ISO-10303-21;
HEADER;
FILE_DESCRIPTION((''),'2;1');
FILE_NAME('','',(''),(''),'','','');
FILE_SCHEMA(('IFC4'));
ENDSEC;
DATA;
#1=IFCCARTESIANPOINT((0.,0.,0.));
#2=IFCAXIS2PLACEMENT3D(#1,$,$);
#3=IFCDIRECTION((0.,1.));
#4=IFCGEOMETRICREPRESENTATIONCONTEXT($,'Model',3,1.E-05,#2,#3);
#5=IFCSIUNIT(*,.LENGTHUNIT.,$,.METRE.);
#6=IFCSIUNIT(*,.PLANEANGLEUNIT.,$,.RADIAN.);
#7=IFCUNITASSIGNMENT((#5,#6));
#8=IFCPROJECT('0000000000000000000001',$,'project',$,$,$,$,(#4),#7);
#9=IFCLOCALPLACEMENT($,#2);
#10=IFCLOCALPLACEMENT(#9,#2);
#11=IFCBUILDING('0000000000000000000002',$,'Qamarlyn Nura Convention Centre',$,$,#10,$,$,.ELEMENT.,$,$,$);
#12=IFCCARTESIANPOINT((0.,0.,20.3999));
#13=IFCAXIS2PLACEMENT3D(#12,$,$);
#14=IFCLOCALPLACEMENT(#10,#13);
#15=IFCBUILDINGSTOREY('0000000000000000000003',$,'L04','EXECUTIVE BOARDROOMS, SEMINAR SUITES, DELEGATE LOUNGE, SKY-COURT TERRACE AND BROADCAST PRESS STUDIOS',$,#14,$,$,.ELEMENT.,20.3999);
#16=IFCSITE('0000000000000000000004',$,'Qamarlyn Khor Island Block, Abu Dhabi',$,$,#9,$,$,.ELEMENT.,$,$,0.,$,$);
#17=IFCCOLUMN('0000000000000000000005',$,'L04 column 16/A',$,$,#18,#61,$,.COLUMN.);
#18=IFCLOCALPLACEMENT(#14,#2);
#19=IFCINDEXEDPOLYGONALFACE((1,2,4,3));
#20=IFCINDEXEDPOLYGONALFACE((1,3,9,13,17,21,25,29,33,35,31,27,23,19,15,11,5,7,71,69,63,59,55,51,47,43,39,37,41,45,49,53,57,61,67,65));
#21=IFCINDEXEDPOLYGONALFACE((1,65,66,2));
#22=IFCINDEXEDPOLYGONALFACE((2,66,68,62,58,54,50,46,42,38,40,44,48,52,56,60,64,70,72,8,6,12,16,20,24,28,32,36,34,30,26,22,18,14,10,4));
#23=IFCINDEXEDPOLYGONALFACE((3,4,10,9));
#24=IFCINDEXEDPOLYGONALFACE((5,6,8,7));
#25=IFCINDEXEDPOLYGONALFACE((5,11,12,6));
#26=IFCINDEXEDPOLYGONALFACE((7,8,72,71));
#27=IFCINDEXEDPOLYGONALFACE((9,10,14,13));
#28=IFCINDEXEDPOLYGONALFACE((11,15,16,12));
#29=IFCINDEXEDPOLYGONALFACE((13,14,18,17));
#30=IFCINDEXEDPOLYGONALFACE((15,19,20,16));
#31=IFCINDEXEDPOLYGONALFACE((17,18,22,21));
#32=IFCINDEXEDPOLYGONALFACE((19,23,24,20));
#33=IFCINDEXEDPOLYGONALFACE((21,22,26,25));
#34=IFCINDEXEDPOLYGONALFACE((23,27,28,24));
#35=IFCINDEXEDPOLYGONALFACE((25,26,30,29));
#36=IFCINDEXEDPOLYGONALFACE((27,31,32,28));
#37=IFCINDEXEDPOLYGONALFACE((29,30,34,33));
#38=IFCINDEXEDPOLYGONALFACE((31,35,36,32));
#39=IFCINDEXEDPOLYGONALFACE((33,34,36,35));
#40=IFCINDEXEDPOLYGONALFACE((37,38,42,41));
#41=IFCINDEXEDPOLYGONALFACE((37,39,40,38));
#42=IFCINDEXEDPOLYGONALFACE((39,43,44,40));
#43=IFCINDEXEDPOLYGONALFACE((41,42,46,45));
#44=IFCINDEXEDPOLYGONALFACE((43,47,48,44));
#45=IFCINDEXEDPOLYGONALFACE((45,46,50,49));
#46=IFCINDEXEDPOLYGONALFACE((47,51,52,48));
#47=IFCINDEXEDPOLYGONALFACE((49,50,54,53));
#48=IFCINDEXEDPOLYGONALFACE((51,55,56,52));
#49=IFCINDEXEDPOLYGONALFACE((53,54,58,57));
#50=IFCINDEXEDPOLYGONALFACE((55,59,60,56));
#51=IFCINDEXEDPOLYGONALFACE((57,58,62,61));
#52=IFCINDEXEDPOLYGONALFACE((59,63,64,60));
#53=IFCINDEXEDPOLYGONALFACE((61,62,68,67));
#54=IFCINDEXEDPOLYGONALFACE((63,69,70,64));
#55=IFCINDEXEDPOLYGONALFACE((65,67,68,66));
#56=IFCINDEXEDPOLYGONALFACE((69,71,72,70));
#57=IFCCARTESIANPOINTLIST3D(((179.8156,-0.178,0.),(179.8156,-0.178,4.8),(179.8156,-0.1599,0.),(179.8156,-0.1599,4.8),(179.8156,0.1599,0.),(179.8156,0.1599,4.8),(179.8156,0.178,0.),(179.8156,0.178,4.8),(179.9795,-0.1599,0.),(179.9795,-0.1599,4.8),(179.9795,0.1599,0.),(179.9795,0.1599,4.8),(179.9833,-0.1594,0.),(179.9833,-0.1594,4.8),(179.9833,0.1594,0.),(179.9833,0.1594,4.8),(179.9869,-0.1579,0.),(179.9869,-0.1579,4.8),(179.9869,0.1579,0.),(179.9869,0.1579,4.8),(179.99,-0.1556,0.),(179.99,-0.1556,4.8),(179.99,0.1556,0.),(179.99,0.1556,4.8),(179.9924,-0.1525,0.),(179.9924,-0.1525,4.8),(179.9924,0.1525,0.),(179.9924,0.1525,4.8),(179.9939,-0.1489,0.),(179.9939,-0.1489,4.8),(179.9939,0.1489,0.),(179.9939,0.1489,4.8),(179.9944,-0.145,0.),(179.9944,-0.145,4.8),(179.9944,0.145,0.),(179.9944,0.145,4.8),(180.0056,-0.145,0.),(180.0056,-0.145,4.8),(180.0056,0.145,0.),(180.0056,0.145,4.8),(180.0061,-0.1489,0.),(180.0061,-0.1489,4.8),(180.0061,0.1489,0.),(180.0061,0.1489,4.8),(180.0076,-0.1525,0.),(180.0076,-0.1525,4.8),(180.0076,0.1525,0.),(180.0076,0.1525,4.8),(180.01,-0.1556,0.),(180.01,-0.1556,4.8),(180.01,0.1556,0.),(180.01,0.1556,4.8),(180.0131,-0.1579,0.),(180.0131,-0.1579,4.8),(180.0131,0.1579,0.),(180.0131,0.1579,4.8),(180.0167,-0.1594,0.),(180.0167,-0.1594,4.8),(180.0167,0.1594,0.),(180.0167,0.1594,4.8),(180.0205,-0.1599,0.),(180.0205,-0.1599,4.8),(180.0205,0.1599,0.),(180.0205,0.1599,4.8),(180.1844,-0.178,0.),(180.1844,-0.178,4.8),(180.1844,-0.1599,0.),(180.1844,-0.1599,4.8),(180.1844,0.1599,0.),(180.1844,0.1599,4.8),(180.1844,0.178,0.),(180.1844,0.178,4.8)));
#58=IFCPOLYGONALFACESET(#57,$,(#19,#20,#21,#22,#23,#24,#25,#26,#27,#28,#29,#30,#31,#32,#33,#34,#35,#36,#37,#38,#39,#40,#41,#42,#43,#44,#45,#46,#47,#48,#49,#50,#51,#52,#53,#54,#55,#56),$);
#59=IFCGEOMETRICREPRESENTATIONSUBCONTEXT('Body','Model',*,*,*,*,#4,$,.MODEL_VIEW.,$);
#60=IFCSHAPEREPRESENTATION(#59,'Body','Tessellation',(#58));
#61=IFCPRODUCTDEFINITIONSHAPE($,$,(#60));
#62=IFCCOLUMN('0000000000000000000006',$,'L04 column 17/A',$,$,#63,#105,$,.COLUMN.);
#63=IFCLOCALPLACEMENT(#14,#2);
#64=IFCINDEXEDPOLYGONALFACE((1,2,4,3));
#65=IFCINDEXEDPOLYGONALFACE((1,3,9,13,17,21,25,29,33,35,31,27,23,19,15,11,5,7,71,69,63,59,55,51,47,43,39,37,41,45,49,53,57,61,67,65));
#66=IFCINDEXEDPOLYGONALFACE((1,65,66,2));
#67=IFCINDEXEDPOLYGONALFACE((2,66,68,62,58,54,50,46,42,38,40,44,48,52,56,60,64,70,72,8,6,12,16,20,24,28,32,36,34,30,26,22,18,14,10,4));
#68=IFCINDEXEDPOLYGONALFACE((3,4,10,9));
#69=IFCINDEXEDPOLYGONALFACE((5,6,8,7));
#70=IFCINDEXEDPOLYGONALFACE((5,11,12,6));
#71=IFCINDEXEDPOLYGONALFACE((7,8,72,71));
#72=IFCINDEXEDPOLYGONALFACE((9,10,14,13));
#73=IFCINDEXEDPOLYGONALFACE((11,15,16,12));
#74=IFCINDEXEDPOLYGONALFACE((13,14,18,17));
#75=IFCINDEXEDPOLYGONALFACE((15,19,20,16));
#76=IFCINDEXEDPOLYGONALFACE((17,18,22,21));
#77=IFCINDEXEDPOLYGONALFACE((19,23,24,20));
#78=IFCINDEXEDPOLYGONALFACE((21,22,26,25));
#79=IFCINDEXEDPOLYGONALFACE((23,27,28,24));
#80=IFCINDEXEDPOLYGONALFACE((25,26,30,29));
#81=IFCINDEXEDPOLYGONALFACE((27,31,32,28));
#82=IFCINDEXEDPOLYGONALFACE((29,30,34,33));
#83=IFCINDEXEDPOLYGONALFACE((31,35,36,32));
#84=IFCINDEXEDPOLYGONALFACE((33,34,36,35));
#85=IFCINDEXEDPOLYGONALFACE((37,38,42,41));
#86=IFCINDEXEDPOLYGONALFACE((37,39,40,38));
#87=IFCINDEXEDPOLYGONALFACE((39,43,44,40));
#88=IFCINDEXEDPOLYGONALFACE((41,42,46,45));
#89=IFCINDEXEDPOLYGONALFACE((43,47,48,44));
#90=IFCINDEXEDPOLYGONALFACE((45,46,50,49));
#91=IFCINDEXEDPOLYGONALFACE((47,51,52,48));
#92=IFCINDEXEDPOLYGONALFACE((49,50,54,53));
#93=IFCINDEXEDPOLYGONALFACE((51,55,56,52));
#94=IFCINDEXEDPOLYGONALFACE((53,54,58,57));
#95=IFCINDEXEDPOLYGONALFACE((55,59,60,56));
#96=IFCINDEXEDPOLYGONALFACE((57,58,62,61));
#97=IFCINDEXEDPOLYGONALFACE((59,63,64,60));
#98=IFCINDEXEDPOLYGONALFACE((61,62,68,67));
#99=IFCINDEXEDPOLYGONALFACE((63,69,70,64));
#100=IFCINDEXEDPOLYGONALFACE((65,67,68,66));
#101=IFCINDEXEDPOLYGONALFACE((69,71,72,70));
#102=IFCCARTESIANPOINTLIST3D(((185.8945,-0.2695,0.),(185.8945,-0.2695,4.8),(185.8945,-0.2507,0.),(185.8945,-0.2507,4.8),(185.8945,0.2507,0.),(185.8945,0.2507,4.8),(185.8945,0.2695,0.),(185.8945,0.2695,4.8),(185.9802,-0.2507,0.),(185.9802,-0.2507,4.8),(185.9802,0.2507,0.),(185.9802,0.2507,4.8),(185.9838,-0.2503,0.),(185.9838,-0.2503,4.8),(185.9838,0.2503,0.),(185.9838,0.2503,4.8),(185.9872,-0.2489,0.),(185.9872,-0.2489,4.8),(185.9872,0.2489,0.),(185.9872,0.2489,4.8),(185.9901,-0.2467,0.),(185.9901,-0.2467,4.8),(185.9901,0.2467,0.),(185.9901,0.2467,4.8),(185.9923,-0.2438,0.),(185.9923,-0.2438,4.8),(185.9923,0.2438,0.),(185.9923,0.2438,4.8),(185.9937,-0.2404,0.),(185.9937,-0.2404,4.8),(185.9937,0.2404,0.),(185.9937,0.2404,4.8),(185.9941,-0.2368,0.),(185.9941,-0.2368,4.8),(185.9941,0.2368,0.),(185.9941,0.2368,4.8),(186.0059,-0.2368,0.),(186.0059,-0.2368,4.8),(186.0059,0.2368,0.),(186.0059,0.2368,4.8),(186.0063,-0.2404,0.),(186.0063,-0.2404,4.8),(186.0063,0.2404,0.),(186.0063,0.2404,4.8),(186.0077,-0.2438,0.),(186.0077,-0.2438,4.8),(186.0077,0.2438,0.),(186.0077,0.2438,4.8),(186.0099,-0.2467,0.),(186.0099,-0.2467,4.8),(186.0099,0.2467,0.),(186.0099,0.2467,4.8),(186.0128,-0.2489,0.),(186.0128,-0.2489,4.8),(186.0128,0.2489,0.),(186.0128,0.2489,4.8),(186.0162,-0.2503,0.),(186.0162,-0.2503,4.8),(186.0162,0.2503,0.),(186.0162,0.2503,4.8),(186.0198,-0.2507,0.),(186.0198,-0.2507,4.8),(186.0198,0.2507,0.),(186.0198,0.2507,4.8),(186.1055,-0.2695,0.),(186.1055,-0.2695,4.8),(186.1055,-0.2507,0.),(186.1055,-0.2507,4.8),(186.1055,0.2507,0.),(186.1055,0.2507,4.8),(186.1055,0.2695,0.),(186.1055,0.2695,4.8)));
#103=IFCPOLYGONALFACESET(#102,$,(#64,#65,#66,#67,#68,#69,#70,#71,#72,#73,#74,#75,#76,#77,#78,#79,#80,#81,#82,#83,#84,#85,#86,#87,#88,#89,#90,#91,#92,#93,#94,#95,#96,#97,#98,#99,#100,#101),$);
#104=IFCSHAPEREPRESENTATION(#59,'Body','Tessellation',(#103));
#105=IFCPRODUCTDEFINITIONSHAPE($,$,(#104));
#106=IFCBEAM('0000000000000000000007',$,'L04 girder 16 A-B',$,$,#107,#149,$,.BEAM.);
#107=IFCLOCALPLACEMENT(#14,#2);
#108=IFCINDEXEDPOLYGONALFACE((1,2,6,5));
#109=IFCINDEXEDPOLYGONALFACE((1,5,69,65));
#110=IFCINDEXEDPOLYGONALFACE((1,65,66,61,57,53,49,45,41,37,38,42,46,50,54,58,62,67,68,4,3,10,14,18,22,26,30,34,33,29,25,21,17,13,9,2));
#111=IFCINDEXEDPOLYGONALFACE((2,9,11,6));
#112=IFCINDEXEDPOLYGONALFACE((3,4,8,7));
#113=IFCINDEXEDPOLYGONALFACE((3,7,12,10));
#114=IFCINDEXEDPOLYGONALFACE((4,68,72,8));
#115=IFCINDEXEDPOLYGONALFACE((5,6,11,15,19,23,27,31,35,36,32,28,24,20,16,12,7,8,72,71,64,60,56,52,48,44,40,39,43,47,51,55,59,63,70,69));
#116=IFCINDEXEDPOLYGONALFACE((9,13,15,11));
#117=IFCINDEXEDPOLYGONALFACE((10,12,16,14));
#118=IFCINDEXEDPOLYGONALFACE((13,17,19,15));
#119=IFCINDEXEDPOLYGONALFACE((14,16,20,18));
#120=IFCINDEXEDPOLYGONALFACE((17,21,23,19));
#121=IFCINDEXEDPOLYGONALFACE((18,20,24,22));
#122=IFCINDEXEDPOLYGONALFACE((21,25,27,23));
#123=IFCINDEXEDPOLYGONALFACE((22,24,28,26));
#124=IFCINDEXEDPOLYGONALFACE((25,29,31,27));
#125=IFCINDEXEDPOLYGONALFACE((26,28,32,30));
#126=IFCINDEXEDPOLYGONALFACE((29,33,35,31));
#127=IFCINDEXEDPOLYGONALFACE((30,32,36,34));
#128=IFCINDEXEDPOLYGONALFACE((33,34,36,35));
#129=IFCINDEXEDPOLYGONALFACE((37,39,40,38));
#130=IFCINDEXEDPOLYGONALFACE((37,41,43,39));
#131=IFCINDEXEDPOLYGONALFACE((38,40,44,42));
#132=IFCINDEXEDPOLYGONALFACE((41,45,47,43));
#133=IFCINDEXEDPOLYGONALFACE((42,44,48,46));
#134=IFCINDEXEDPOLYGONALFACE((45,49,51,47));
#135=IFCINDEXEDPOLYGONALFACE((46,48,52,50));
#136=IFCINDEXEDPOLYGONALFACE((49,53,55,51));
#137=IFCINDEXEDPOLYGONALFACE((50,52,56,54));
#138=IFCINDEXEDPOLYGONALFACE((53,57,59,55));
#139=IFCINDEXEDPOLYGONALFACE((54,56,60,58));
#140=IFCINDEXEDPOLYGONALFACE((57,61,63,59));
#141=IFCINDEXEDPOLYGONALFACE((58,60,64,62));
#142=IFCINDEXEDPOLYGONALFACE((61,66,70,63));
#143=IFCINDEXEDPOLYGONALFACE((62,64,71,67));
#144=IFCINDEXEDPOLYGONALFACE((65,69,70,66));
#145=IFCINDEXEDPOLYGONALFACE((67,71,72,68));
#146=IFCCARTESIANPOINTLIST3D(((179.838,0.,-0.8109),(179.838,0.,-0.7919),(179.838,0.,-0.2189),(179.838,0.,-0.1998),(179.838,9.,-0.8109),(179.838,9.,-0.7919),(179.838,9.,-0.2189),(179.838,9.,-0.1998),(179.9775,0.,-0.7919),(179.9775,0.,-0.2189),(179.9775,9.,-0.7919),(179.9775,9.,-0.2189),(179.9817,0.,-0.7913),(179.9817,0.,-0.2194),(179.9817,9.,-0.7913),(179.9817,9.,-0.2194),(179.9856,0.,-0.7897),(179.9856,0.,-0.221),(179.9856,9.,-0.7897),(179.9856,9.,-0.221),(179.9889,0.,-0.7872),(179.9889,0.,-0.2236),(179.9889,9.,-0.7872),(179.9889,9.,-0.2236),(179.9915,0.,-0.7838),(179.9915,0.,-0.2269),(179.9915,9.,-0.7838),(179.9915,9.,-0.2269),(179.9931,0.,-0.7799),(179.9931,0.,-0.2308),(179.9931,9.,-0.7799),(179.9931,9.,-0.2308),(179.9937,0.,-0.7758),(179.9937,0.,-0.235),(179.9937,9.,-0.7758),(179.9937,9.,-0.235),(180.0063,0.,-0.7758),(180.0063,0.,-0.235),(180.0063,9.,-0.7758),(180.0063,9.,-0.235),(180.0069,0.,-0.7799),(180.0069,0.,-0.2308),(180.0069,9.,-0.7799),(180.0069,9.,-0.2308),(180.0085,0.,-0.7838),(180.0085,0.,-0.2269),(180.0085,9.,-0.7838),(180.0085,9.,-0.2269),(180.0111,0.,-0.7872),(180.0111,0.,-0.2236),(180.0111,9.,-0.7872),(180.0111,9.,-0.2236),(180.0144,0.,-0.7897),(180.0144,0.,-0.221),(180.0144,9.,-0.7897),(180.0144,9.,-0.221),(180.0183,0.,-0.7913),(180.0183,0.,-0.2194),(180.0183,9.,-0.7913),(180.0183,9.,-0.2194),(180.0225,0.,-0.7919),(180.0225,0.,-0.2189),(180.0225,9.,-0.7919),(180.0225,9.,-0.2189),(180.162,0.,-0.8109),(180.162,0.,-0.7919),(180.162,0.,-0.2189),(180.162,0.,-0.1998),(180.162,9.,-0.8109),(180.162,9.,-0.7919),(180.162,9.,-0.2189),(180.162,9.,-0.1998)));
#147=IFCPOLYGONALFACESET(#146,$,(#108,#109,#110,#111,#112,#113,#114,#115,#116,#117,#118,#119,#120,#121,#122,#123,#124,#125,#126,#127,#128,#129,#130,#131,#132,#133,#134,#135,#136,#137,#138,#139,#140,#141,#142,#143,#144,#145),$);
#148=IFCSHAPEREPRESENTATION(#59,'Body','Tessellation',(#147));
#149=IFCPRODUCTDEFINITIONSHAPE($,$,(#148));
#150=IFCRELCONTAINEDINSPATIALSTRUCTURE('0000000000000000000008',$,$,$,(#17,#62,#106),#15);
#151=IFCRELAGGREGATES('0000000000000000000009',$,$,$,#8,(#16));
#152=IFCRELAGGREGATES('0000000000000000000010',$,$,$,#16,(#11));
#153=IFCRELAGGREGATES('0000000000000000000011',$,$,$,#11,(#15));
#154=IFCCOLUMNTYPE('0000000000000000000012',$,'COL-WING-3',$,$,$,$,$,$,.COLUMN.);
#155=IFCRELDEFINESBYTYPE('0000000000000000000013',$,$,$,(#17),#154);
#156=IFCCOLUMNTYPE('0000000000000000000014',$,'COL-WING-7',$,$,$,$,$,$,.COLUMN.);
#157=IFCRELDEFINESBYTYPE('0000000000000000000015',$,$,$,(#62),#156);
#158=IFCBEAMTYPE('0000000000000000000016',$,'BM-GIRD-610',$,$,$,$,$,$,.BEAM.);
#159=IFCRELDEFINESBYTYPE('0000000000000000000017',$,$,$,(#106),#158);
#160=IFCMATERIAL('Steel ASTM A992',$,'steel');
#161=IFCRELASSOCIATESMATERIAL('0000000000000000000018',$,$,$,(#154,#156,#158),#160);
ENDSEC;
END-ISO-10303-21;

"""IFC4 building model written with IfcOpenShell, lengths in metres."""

from ifc_helpers import new_model, si_unit, direction, frame, origin, origin_2d, place, context, subcontext, project, spatial, i_section, extrude, material, material_profile, profile_set, type_object, element, save


model = new_model("IFC4")

# Units and contexts
model_context = context("Model", 3, precision=1e-05, world=origin(), true_north=direction((0.0, 1.0)))
body_context = subcontext(model_context, "Body", "Model", "MODEL_VIEW")
ifc_project = project(units=[si_unit("LENGTHUNIT", "METRE"), si_unit("PLANEANGLEUNIT", "RADIAN")], contexts=[model_context])

# Site, building, storey
site_placement = place(None, origin())
site = spatial("IfcSite", under=ifc_project, at=site_placement, Name="Qamarlyn Khor Island Block, Abu Dhabi", CompositionType="ELEMENT", RefElevation=0.0)
building_placement = place(site_placement, origin())
building = spatial("IfcBuilding", under=site, at=building_placement, Name="Qamarlyn Nura Convention Centre", CompositionType="ELEMENT")
storey_placement = place(building_placement, frame((0.0, 0.0, 20.3999)))
storey = spatial("IfcBuildingStorey", under=building, at=storey_placement, Name="L04", Description="EXECUTIVE BOARDROOMS, SEMINAR SUITES, DELEGATE LOUNGE, SKY-COURT TERRACE AND BROADCAST PRESS STUDIOS", CompositionType="ELEMENT", Elevation=20.3999)

# Columns
ifc_material_1 = material(Name="Steel ASTM A992", Category="steel")
ifc_material_profile_1 = material_profile(ifc_material_1, i_section(OverallWidth=0.3689, OverallDepth=0.356, WebThickness=0.0112, FlangeThickness=0.0181, FilletRadius=0.0149, at=origin_2d()), Name="W360X134")
ifc_profile_set_1 = profile_set([ifc_material_profile_1], Name="Steel ASTM A992")
column_type_1 = type_object("IfcColumnType", Name="COL-WING-3", PredefinedType="COLUMN", material=ifc_profile_set_1)
column_1_placement = place(storey_placement, frame((180.0, 0.0, 0.0), z_axis=(0.0, 0.0, 1.0), x_axis=(1.0, 0.0, 0.0)))
element("IfcColumn", 1, at=column_1_placement, inside=storey, type_object=column_type_1, Name="L04 column 16/A", PredefinedType="COLUMN", context=body_context, shape_type="SweptSolid", body=[
    extrude(i_section(OverallWidth=0.3689, OverallDepth=0.356, WebThickness=0.0112, FlangeThickness=0.0181, FilletRadius=0.0149, at=origin_2d()), origin(), (0.0, 0.0, 1.0), 4.8),
])
ifc_material_profile_2 = material_profile(ifc_material_1, i_section(OverallWidth=0.2109, OverallDepth=0.5391, WebThickness=0.0117, FlangeThickness=0.0188, FilletRadius=0.0139, at=origin_2d()), Name="W530X109")
ifc_profile_set_2 = profile_set([ifc_material_profile_2], Name="Steel ASTM A992")
column_type_2 = type_object("IfcColumnType", Name="COL-WING-7", PredefinedType="COLUMN", material=ifc_profile_set_2)
column_2_placement = place(storey_placement, frame((186.0, 0.0, 0.0), z_axis=(0.0, 0.0, 1.0), x_axis=(1.0, 0.0, 0.0)))
element("IfcColumn", 2, at=column_2_placement, inside=storey, type_object=column_type_2, Name="L04 column 17/A", PredefinedType="COLUMN", context=body_context, shape_type="SweptSolid", body=[
    extrude(i_section(OverallWidth=0.2109, OverallDepth=0.5391, WebThickness=0.0117, FlangeThickness=0.0188, FilletRadius=0.0139, at=origin_2d()), origin(), (0.0, 0.0, 1.0), 4.8),
])

# Beam
ifc_material_profile_3 = material_profile(ifc_material_1, i_section(OverallWidth=0.324, OverallDepth=0.6111, WebThickness=0.0127, FlangeThickness=0.019, FilletRadius=0.0161, at=origin_2d()), Name="W610X155")
ifc_profile_set_3 = profile_set([ifc_material_profile_3], Name="Steel ASTM A992")
beam_type_1 = type_object("IfcBeamType", Name="BM-GIRD-610", PredefinedType="BEAM", material=ifc_profile_set_3)
beam_1_placement = place(storey_placement, frame((180.0, 0.0, -0.5054), z_axis=(0.0, 1.0, 0.0), x_axis=(-1.0, 0.0, 0.0)))
element("IfcBeam", 3, at=beam_1_placement, inside=storey, type_object=beam_type_1, Name="L04 girder 16 A-B", PredefinedType="BEAM", context=body_context, shape_type="SweptSolid", body=[
    extrude(i_section(OverallWidth=0.324, OverallDepth=0.6111, WebThickness=0.0127, FlangeThickness=0.019, FilletRadius=0.0161, at=origin_2d()), origin(), (0.0, 0.0, 1.0), 9.0),
])

save(model, "model.ifc")
